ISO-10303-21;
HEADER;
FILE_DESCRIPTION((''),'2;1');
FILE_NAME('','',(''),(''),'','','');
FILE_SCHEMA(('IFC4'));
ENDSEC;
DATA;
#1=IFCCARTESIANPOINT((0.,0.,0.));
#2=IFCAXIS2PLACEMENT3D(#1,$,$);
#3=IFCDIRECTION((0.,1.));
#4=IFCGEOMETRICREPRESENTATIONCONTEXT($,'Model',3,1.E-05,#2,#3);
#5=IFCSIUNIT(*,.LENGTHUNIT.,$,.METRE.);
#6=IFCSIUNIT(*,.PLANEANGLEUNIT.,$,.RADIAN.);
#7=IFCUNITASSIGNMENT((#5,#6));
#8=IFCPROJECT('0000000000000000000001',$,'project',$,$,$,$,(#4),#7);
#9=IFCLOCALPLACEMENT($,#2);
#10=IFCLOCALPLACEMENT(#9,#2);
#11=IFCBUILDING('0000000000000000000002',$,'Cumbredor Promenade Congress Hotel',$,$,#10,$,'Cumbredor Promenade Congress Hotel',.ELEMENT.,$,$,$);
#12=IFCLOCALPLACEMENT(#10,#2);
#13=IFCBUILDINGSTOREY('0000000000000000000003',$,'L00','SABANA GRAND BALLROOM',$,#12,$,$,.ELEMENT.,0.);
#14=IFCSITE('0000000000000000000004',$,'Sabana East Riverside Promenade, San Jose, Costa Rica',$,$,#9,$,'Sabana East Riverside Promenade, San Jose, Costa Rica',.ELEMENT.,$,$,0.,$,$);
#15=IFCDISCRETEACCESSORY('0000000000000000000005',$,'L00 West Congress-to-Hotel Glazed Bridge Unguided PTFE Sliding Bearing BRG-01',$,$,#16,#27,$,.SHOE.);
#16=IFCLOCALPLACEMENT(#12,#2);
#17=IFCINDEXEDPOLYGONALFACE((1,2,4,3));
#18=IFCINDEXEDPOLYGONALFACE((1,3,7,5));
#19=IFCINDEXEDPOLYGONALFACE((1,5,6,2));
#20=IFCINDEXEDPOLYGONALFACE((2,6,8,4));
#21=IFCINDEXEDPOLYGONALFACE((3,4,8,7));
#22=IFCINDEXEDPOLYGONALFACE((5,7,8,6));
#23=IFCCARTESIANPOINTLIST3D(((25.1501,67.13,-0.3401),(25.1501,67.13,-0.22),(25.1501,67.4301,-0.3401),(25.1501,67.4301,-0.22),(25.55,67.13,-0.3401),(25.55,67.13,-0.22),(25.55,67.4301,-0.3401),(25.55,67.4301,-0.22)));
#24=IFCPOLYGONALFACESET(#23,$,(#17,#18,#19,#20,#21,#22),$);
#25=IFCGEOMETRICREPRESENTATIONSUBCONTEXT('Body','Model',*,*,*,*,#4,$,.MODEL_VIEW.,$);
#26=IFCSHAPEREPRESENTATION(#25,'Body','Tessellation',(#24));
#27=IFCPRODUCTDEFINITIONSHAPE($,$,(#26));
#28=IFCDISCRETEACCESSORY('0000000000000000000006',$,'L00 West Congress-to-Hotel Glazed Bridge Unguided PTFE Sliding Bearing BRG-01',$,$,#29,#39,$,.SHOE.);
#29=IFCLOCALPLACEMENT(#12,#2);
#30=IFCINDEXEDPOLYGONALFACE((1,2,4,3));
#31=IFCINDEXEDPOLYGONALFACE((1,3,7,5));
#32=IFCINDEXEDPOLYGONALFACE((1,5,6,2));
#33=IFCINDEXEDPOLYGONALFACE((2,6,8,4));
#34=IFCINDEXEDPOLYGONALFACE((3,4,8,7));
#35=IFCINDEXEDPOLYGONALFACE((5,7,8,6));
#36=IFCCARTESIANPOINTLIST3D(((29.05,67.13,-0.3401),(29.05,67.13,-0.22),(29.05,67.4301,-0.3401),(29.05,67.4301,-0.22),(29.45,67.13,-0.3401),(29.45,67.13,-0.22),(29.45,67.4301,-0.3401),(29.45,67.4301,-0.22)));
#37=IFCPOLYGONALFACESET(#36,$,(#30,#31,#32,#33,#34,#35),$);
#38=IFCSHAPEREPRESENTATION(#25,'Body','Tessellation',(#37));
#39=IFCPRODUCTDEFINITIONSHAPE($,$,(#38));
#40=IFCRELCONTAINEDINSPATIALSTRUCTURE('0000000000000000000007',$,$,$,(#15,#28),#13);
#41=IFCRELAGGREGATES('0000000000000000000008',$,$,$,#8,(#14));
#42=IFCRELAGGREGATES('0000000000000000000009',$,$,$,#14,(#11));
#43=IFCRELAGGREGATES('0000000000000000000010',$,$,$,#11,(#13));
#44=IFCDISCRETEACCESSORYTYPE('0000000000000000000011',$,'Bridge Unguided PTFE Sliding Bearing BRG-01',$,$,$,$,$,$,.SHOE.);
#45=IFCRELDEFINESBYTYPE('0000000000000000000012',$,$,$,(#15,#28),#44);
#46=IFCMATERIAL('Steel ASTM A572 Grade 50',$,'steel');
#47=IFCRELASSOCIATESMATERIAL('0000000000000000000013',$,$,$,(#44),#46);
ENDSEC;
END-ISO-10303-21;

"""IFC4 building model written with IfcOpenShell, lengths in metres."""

from ifc_helpers import new_model, si_unit, direction, frame, origin, origin_2d, place, context, subcontext, project, spatial, rectangle, extrude, material, type_object, element, save


model = new_model("IFC4")

# Units and contexts
model_context = context("Model", 3, precision=1e-05, world=origin(), true_north=direction((0.0, 1.0)))
body_context = subcontext(model_context, "Body", "Model", "MODEL_VIEW")
ifc_project = project(units=[si_unit("LENGTHUNIT", "METRE"), si_unit("PLANEANGLEUNIT", "RADIAN")], contexts=[model_context])

# Site, building, storey
site_placement = place(None, origin())
site = spatial("IfcSite", under=ifc_project, at=site_placement, Name="Sabana East Riverside Promenade, San Jose, Costa Rica", LongName="Sabana East Riverside Promenade, San Jose, Costa Rica", CompositionType="ELEMENT", RefElevation=0.0)
building_placement = place(site_placement, origin())
building = spatial("IfcBuilding", under=site, at=building_placement, Name="Cumbredor Promenade Congress Hotel", LongName="Cumbredor Promenade Congress Hotel", CompositionType="ELEMENT")
storey_placement = place(building_placement, origin())
storey = spatial("IfcBuildingStorey", under=building, at=storey_placement, Name="L00", Description="SABANA GRAND BALLROOM", CompositionType="ELEMENT", Elevation=0.0)

# Shared definitions
ifc_material_1 = material(Name="Steel ASTM A572 Grade 50", Category="steel")

# Discrete accessories
discrete_accessory_type_1 = type_object("IfcDiscreteAccessoryType", Name="Bridge Unguided PTFE Sliding Bearing BRG-01", PredefinedType="SHOE", material=ifc_material_1)
for number, where, z_axis, x_axis, name in (
    (1, (25.3501, 67.28, -0.3401), (0.0, 0.0, 1.0), (0.0, 1.0, 0.0), "L00 West Congress-to-Hotel Glazed Bridge Unguided PTFE Sliding Bearing BRG-01"),
    (2, (29.25, 67.28, -0.3401), (0.0, 0.0, 1.0), (0.0, 1.0, 0.0), "L00 West Congress-to-Hotel Glazed Bridge Unguided PTFE Sliding Bearing BRG-01"),
):
    element("IfcDiscreteAccessory", number, at=place(storey_placement, frame(where, z_axis=z_axis, x_axis=x_axis)), inside=storey, type_object=discrete_accessory_type_1, Name=name, PredefinedType="SHOE", context=body_context, shape_type="SweptSolid", body=[
        extrude(rectangle(XDim=0.3, YDim=0.3999, at=origin_2d()), origin(), (0.0, 0.0, 1.0), 0.1201),
    ])

save(model, "model.ifc")
